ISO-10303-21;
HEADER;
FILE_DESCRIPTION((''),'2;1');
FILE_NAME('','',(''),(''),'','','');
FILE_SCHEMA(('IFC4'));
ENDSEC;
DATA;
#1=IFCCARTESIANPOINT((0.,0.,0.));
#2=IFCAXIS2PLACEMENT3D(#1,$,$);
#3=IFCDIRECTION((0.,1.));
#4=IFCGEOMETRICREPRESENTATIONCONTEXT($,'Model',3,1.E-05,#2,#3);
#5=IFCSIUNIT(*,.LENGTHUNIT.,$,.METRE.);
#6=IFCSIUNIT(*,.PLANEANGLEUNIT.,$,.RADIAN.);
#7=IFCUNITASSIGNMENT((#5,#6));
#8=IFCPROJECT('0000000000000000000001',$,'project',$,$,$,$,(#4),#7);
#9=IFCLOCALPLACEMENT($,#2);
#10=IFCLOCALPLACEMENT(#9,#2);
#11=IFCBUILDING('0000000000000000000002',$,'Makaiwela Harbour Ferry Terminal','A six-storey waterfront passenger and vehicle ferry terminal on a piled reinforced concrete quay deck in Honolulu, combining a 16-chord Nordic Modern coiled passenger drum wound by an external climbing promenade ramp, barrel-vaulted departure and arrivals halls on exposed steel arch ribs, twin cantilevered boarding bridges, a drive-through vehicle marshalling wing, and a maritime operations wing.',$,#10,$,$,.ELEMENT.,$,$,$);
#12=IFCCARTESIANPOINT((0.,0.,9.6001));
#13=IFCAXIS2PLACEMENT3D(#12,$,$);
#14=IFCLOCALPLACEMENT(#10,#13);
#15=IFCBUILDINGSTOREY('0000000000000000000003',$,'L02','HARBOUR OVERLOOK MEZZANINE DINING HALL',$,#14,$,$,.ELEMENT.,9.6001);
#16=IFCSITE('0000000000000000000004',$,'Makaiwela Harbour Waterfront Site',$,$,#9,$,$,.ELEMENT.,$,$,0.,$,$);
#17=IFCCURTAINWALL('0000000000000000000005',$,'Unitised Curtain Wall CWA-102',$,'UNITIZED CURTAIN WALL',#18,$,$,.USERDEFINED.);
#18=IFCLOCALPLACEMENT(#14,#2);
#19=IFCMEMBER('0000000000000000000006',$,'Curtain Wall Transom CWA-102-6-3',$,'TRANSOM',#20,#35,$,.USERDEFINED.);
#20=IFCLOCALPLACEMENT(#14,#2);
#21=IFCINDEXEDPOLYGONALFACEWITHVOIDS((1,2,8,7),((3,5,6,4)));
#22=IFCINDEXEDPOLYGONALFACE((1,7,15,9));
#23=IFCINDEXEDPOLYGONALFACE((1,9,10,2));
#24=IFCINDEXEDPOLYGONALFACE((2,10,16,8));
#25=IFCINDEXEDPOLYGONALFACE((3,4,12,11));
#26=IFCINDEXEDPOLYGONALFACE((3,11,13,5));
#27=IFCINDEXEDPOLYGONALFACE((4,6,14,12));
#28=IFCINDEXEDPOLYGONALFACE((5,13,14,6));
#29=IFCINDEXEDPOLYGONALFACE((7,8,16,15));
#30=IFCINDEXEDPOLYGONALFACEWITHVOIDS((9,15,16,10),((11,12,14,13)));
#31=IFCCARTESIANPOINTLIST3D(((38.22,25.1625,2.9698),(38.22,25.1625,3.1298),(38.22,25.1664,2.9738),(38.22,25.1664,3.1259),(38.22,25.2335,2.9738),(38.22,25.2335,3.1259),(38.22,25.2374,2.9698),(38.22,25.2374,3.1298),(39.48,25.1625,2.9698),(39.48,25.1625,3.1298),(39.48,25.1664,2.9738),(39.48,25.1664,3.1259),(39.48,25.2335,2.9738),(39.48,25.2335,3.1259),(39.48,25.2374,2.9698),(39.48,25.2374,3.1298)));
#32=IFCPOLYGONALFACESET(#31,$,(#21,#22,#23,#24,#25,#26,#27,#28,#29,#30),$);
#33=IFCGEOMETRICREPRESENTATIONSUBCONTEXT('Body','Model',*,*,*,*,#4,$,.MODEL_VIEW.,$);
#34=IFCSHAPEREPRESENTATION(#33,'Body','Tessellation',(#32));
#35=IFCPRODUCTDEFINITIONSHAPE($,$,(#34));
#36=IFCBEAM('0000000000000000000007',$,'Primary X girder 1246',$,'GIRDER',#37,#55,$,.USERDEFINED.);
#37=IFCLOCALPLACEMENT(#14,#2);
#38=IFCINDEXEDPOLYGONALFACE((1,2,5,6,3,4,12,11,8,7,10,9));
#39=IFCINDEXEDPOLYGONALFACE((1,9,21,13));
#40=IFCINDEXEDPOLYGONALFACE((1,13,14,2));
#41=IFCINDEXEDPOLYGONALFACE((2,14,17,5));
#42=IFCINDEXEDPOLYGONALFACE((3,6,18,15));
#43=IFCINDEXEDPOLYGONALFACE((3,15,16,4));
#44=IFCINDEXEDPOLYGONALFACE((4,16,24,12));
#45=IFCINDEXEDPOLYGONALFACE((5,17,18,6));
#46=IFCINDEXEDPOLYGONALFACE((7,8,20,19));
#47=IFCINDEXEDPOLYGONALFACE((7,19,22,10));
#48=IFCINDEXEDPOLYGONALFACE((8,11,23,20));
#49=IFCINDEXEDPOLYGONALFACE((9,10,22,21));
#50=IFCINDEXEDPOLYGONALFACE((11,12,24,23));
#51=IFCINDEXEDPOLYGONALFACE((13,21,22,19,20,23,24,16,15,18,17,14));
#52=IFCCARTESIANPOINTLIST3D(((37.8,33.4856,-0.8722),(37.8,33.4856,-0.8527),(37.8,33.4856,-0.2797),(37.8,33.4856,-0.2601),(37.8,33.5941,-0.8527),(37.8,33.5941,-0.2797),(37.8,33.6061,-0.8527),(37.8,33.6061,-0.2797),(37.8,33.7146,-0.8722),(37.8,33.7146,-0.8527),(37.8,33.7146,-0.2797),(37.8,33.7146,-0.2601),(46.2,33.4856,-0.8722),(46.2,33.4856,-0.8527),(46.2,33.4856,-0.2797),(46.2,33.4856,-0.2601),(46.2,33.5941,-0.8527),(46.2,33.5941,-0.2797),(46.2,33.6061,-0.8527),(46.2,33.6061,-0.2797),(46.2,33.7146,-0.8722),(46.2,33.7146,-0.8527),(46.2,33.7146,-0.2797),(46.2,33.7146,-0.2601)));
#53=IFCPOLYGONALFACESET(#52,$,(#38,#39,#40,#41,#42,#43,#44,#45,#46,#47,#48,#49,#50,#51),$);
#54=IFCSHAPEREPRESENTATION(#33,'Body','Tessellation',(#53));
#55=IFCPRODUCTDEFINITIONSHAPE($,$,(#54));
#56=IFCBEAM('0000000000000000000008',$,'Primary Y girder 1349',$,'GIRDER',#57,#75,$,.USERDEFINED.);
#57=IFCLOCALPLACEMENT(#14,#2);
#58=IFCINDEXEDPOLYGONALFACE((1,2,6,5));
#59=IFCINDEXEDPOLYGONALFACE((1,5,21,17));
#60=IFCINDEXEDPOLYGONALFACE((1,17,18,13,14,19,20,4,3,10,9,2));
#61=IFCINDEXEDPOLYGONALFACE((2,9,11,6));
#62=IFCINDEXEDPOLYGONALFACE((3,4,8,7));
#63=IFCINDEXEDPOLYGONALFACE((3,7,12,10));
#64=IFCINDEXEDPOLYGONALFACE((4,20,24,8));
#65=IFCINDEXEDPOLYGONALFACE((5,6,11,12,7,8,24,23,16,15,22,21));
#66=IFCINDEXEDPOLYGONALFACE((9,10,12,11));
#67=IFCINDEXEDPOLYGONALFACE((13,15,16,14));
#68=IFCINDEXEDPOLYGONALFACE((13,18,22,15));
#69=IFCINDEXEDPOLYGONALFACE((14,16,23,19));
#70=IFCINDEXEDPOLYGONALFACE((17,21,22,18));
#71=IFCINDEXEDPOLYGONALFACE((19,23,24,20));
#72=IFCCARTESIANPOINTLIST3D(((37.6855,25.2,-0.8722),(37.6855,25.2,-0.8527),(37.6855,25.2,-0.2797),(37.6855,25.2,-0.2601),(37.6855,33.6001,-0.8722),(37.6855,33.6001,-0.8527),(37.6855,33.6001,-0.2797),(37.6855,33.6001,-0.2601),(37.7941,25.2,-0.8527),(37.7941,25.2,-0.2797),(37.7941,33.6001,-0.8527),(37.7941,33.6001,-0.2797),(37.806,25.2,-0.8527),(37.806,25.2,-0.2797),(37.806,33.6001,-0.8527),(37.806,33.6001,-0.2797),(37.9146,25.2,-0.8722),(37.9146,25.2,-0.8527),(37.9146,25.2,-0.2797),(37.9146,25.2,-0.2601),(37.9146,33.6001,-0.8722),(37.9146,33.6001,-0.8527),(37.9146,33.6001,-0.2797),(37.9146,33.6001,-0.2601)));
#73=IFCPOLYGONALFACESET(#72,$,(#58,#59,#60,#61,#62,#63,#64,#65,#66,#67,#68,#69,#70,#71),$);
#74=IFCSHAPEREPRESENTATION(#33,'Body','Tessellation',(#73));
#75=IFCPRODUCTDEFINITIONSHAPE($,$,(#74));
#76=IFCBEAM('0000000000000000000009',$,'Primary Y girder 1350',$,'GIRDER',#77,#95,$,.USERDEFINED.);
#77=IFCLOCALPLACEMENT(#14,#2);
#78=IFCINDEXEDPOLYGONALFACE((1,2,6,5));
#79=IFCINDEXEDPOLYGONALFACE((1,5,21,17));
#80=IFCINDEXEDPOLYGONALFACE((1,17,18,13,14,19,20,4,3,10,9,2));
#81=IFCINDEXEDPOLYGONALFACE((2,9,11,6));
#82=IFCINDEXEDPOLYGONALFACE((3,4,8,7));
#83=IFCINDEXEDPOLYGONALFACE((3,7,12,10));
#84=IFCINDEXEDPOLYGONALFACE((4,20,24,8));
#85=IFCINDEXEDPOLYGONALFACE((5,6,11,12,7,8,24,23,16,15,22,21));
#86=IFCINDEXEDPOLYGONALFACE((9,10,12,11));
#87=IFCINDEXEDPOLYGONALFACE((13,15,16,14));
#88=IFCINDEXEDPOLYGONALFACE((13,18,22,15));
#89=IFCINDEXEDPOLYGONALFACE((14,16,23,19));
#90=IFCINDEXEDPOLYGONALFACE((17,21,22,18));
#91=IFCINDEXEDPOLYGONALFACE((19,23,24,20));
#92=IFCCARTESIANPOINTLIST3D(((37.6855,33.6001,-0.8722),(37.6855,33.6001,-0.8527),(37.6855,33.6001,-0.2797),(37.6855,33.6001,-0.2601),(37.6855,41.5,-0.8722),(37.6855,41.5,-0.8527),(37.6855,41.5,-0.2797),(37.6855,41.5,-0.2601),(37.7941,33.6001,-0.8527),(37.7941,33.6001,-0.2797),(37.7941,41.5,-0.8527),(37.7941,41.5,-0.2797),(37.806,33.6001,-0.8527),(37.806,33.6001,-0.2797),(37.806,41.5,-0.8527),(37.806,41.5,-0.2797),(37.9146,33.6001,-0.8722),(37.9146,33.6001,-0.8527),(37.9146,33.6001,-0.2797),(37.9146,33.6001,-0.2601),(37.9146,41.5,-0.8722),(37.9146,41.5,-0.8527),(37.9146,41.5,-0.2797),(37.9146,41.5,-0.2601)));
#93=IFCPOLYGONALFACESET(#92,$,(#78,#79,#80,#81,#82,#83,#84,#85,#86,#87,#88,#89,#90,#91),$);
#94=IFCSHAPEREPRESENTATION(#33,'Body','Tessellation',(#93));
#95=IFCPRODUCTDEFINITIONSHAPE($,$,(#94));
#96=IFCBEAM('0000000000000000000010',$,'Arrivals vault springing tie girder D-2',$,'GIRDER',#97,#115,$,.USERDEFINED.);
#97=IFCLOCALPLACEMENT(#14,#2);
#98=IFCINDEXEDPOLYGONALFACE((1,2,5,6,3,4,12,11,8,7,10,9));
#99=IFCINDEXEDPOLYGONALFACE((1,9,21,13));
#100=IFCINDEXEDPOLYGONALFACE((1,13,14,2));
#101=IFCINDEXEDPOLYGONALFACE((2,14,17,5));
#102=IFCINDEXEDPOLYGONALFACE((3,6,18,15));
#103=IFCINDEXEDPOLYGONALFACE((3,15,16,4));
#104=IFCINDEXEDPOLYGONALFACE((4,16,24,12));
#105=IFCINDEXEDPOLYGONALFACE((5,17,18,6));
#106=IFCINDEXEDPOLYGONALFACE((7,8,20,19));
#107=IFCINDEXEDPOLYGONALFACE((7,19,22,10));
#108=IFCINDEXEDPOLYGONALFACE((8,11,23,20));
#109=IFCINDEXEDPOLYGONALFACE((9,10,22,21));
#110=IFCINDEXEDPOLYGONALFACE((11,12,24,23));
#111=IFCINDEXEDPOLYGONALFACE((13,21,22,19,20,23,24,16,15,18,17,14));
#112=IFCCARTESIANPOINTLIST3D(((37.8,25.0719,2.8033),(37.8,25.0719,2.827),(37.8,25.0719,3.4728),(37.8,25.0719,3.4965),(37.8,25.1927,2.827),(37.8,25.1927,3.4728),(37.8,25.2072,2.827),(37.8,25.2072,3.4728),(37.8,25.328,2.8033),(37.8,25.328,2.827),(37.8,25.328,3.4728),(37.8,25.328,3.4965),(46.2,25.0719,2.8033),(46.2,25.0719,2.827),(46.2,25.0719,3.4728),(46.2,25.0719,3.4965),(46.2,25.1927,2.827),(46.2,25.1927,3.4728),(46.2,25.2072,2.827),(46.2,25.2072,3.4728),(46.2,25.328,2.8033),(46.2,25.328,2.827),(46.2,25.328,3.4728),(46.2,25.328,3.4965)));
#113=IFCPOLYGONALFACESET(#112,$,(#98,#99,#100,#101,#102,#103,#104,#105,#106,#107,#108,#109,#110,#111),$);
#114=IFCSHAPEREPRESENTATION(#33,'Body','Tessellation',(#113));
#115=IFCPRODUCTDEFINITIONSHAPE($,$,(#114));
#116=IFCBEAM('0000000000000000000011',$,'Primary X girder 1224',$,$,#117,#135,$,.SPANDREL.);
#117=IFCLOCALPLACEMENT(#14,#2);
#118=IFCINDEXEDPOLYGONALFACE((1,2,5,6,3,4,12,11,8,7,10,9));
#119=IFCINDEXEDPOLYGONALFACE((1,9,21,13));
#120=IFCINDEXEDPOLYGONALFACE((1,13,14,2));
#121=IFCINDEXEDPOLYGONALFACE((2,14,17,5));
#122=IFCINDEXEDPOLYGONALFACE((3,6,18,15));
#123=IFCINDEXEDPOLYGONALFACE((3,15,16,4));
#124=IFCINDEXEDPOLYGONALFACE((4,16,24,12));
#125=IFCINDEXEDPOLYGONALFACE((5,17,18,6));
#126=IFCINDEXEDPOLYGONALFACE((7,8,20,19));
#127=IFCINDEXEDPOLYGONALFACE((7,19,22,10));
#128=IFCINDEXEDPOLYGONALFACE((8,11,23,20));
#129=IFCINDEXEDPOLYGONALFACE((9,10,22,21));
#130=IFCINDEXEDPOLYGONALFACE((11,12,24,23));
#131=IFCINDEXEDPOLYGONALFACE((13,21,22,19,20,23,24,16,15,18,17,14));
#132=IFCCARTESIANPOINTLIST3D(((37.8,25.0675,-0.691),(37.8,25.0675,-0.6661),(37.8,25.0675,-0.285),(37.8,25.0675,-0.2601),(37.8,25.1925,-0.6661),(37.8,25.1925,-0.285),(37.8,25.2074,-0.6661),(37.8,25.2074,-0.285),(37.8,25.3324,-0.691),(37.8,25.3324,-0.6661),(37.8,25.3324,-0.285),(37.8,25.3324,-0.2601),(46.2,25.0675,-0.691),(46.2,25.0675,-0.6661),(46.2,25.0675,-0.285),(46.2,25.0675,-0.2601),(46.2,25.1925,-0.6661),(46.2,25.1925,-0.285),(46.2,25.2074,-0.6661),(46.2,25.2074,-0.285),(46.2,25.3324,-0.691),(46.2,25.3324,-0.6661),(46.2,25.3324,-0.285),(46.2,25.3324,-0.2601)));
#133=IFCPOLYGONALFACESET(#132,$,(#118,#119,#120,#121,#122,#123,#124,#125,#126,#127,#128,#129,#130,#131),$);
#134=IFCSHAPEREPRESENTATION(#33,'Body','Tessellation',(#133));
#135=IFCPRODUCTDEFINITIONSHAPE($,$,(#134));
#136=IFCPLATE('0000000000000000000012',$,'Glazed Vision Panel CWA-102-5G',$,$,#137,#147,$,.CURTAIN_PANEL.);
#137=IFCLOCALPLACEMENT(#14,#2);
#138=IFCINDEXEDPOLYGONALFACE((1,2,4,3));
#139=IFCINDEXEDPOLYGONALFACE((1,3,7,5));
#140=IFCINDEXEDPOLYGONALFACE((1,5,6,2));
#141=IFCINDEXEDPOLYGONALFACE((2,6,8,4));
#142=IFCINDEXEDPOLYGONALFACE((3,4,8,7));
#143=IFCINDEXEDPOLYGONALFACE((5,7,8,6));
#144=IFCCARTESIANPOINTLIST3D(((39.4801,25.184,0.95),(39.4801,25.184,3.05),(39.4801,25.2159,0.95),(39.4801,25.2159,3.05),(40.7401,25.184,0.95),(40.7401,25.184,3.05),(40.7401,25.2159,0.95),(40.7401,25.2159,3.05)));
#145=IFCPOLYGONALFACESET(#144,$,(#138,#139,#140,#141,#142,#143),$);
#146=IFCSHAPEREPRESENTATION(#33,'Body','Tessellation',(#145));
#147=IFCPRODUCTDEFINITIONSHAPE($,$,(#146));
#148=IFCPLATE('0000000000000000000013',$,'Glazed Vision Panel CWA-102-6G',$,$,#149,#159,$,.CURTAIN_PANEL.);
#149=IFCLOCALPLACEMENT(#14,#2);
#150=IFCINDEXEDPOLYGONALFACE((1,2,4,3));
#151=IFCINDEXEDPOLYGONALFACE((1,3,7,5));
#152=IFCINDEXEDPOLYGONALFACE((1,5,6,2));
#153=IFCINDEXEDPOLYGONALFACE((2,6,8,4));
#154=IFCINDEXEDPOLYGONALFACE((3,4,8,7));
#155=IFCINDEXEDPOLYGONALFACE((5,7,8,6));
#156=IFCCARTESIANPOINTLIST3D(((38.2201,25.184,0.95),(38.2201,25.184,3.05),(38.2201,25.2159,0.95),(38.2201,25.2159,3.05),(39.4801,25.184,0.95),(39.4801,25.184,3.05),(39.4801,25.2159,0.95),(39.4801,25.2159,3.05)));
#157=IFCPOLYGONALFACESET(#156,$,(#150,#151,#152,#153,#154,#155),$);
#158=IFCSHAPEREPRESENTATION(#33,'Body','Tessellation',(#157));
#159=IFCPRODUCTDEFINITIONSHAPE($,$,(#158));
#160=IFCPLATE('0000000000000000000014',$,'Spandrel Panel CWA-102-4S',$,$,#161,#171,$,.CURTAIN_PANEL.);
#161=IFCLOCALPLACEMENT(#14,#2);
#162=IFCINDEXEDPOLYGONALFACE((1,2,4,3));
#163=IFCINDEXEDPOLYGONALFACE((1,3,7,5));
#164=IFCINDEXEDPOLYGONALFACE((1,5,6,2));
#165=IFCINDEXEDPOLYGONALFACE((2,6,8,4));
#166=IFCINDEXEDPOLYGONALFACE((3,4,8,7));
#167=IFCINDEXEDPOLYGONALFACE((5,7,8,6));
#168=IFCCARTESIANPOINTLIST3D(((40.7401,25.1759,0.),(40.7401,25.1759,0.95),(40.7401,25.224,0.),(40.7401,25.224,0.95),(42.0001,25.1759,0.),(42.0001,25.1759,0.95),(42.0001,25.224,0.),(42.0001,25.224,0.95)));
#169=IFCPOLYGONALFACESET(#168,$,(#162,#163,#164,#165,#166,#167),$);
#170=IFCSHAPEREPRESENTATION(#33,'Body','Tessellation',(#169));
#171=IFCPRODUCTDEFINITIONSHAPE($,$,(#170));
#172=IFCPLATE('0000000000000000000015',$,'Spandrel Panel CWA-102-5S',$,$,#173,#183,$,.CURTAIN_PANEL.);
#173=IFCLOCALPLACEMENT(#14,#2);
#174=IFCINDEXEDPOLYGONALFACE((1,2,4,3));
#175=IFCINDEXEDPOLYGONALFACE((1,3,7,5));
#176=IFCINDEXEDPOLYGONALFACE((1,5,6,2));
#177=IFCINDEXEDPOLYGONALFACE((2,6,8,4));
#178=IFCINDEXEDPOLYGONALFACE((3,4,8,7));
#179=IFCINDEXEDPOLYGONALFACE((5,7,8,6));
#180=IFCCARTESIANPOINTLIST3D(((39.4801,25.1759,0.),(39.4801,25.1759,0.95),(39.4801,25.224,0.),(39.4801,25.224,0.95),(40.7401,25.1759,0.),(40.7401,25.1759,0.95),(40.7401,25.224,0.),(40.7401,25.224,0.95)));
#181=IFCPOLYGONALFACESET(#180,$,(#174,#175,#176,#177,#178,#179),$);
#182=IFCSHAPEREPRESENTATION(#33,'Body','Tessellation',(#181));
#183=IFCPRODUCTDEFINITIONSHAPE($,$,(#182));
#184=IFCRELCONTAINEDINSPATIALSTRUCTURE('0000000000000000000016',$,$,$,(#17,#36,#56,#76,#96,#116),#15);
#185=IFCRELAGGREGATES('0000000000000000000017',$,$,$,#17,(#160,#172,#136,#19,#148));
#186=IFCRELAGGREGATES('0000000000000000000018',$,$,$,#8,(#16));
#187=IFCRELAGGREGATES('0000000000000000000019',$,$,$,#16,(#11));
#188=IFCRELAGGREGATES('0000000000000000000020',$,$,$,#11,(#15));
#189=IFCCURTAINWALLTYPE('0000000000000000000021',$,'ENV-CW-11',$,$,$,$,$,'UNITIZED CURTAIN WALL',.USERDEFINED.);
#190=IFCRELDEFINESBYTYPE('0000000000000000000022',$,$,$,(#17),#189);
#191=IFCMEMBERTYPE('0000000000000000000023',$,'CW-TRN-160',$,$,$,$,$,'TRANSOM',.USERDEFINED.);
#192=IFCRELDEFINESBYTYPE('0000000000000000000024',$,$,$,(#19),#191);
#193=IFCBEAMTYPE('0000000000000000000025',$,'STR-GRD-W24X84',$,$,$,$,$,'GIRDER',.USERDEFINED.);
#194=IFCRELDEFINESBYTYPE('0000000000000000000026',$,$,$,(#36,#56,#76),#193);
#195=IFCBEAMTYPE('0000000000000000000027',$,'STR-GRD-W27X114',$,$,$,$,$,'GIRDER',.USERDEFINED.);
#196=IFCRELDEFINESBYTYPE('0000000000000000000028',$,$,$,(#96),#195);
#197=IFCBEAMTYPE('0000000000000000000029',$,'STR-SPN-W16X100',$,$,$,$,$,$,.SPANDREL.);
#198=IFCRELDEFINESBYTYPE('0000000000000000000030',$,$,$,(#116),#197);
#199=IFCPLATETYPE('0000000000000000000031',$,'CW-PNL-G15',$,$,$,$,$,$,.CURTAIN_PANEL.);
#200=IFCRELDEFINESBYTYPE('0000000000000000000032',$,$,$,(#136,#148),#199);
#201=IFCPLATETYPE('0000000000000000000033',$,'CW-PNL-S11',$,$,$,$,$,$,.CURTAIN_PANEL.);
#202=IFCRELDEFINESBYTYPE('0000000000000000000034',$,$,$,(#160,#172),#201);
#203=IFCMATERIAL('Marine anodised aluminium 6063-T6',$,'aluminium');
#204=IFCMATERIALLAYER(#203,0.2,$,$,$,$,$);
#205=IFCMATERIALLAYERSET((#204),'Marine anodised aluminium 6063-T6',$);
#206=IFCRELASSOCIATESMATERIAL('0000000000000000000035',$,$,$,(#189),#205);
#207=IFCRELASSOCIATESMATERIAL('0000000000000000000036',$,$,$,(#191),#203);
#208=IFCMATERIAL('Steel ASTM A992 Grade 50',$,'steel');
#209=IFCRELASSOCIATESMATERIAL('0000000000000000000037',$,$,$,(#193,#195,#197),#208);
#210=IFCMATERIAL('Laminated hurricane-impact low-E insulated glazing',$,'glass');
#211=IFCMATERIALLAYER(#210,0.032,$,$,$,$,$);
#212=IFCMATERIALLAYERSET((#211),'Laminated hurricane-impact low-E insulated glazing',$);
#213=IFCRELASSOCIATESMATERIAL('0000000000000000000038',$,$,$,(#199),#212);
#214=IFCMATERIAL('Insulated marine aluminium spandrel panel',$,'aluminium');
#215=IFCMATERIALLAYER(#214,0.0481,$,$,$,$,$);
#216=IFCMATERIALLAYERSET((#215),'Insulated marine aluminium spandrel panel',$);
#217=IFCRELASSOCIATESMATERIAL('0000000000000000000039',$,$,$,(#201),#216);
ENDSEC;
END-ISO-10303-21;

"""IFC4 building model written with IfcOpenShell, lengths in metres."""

from ifc_helpers import new_model, si_unit, direction, frame, origin, origin_2d, place, context, subcontext, project, spatial, rectangle, hollow_rectangle, i_section, extrude, material, layer, layer_set, material_profile, profile_set, type_object, element, aggregate, save


model = new_model("IFC4")

# Units and contexts
model_context = context("Model", 3, precision=1e-05, world=origin(), true_north=direction((0.0, 1.0)))
body_context = subcontext(model_context, "Body", "Model", "MODEL_VIEW")
ifc_project = project(units=[si_unit("LENGTHUNIT", "METRE"), si_unit("PLANEANGLEUNIT", "RADIAN")], contexts=[model_context])

# Site, building, storey
site_placement = place(None, origin())
site = spatial("IfcSite", under=ifc_project, at=site_placement, Name="Makaiwela Harbour Waterfront Site", CompositionType="ELEMENT", RefElevation=0.0)
building_placement = place(site_placement, origin())
building = spatial("IfcBuilding", under=site, at=building_placement, Name="Makaiwela Harbour Ferry Terminal", Description="A six-storey waterfront passenger and vehicle ferry terminal on a piled reinforced concrete quay deck in Honolulu, combining a 16-chord Nordic Modern coiled passenger drum wound by an external climbing promenade ramp, barrel-vaulted departure and arrivals halls on exposed steel arch ribs, twin cantilevered boarding bridges, a drive-through vehicle marshalling wing, and a maritime operations wing.", CompositionType="ELEMENT")
storey_placement = place(building_placement, frame((0.0, 0.0, 9.6001)))
storey = spatial("IfcBuildingStorey", under=building, at=storey_placement, Name="L02", Description="HARBOUR OVERLOOK MEZZANINE DINING HALL", CompositionType="ELEMENT", Elevation=9.6001)

# Shared definitions
ifc_material_1 = material(Name="Steel ASTM A992 Grade 50", Category="steel")

# Curtain wall
ifc_material_2 = material(Name="Marine anodised aluminium 6063-T6", Category="aluminium")
ifc_layer_1 = layer(ifc_material_2, 0.2)
ifc_layer_set_1 = layer_set([ifc_layer_1], Name="Marine anodised aluminium 6063-T6")
curtain_wall_type = type_object("IfcCurtainWallType", Name="ENV-CW-11", ElementType="UNITIZED CURTAIN WALL", PredefinedType="USERDEFINED", material=ifc_layer_set_1)
curtain_wall_1_placement = place(storey_placement, origin())
curtain_wall_1 = element("IfcCurtainWall", 1, at=curtain_wall_1_placement, inside=storey, type_object=curtain_wall_type, Name="Unitised Curtain Wall CWA-102", ObjectType="UNITIZED CURTAIN WALL", PredefinedType="USERDEFINED")

# Shared definitions
ifc_material_profile_1 = material_profile(ifc_material_2, hollow_rectangle(XDim=0.075, YDim=0.1599, WallThickness=0.0039, at=origin_2d()), Name="CWT-160X75")
ifc_profile_set_1 = profile_set([ifc_material_profile_1], Name="Marine anodised aluminium 6063-T6")
member_type_1 = type_object("IfcMemberType", Name="CW-TRN-160", ElementType="TRANSOM", PredefinedType="USERDEFINED", material=ifc_profile_set_1)

# Member
member_1_placement = place(storey_placement, frame((39.48, 25.2, 3.0498), z_axis=(-1.0, 0.0, 0.0), x_axis=(0.0, -1.0, 0.0)))
member_1 = element("IfcMember", 2, at=member_1_placement, type_object=member_type_1, Name="Curtain Wall Transom CWA-102-6-3", ObjectType="TRANSOM", PredefinedType="USERDEFINED", context=body_context, shape_type="SweptSolid", body=[
    extrude(hollow_rectangle(XDim=0.075, YDim=0.1599, WallThickness=0.0039, at=origin_2d()), origin(), (0.0, 0.0, 1.0), 1.26),
])

# Beams
ifc_material_profile_2 = material_profile(ifc_material_1, i_section(OverallWidth=0.229, OverallDepth=0.6121, WebThickness=0.012, FlangeThickness=0.0195, at=origin_2d()), Name="W24X84")
ifc_profile_set_2 = profile_set([ifc_material_profile_2], Name="Steel ASTM A992 Grade 50")
beam_type_1 = type_object("IfcBeamType", Name="STR-GRD-W24X84", ElementType="GIRDER", PredefinedType="USERDEFINED", material=ifc_profile_set_2)
beam_1_placement = place(storey_placement, frame((37.8, 33.6001, -0.5662), z_axis=(1.0, 0.0, 0.0), x_axis=(0.0, 1.0, 0.0)))
element("IfcBeam", 3, at=beam_1_placement, inside=storey, type_object=beam_type_1, Name="Primary X girder 1246", ObjectType="GIRDER", PredefinedType="USERDEFINED", context=body_context, shape_type="SweptSolid", body=[
    extrude(i_section(OverallWidth=0.229, OverallDepth=0.6121, WebThickness=0.012, FlangeThickness=0.0195, at=origin_2d()), origin(), (0.0, 0.0, 1.0), 8.3999),
])
beam_2_placement = place(storey_placement, frame((37.8, 25.2, -0.5662), z_axis=(0.0, 1.0, 0.0), x_axis=(-1.0, 0.0, 0.0)))
element("IfcBeam", 4, at=beam_2_placement, inside=storey, type_object=beam_type_1, Name="Primary Y girder 1349", ObjectType="GIRDER", PredefinedType="USERDEFINED", context=body_context, shape_type="SweptSolid", body=[
    extrude(i_section(OverallWidth=0.229, OverallDepth=0.6121, WebThickness=0.012, FlangeThickness=0.0195, at=origin_2d()), origin(), (0.0, 0.0, 1.0), 8.4001),
])
beam_3_placement = place(storey_placement, frame((37.8, 33.6001, -0.5662), z_axis=(0.0, 1.0, 0.0), x_axis=(-1.0, 0.0, 0.0)))
element("IfcBeam", 5, at=beam_3_placement, inside=storey, type_object=beam_type_1, Name="Primary Y girder 1350", ObjectType="GIRDER", PredefinedType="USERDEFINED", context=body_context, shape_type="SweptSolid", body=[
    extrude(i_section(OverallWidth=0.229, OverallDepth=0.6121, WebThickness=0.012, FlangeThickness=0.0195, at=origin_2d()), origin(), (0.0, 0.0, 1.0), 7.8999),
])
ifc_material_profile_3 = material_profile(ifc_material_1, i_section(OverallWidth=0.2561, OverallDepth=0.6931, WebThickness=0.0144, FlangeThickness=0.0237, at=origin_2d()), Name="W27X114")
ifc_profile_set_3 = profile_set([ifc_material_profile_3], Name="Steel ASTM A992 Grade 50")
beam_type_2 = type_object("IfcBeamType", Name="STR-GRD-W27X114", ElementType="GIRDER", PredefinedType="USERDEFINED", material=ifc_profile_set_3)
beam_4_placement = place(storey_placement, frame((37.8, 25.2, 3.1499), z_axis=(1.0, 0.0, 0.0), x_axis=(0.0, 1.0, 0.0)))
element("IfcBeam", 6, at=beam_4_placement, inside=storey, type_object=beam_type_2, Name="Arrivals vault springing tie girder D-2", ObjectType="GIRDER", PredefinedType="USERDEFINED", context=body_context, shape_type="SweptSolid", body=[
    extrude(i_section(OverallWidth=0.2561, OverallDepth=0.6931, WebThickness=0.0144, FlangeThickness=0.0237, at=origin_2d()), origin(), (0.0, 0.0, 1.0), 8.3999),
])
ifc_material_profile_4 = material_profile(ifc_material_1, i_section(OverallWidth=0.2649, OverallDepth=0.4309, WebThickness=0.0149, FlangeThickness=0.0249, at=origin_2d()), Name="W16X100")
ifc_profile_set_4 = profile_set([ifc_material_profile_4], Name="Steel ASTM A992 Grade 50")
beam_type_3 = type_object("IfcBeamType", Name="STR-SPN-W16X100", PredefinedType="SPANDREL", material=ifc_profile_set_4)
beam_5_placement = place(storey_placement, frame((37.8, 25.2, -0.4756), z_axis=(1.0, 0.0, 0.0), x_axis=(0.0, 1.0, 0.0)))
element("IfcBeam", 7, at=beam_5_placement, inside=storey, type_object=beam_type_3, Name="Primary X girder 1224", PredefinedType="SPANDREL", context=body_context, shape_type="SweptSolid", body=[
    extrude(i_section(OverallWidth=0.2649, OverallDepth=0.4309, WebThickness=0.0149, FlangeThickness=0.0249, at=origin_2d()), origin(), (0.0, 0.0, 1.0), 8.3999),
])

# Plates
ifc_material_3 = material(Name="Laminated hurricane-impact low-E insulated glazing", Category="glass")
ifc_layer_2 = layer(ifc_material_3, 0.032)
ifc_layer_set_2 = layer_set([ifc_layer_2], Name="Laminated hurricane-impact low-E insulated glazing")
plate_type_1 = type_object("IfcPlateType", Name="CW-PNL-G15", PredefinedType="CURTAIN_PANEL", material=ifc_layer_set_2)
plate_1_placement = place(storey_placement, frame((40.1101, 25.2, 0.95), z_axis=(0.0, 0.0, 1.0), x_axis=(-1.0, 0.0, 0.0)))
plate_1 = element("IfcPlate", 8, at=plate_1_placement, type_object=plate_type_1, Name="Glazed Vision Panel CWA-102-5G", PredefinedType="CURTAIN_PANEL", context=body_context, shape_type="SweptSolid", body=[
    extrude(rectangle(XDim=1.26, YDim=0.032, at=origin_2d()), origin(), (0.0, 0.0, 1.0), 2.1001),
])
plate_2_placement = place(storey_placement, frame((38.8501, 25.2, 0.95), z_axis=(0.0, 0.0, 1.0), x_axis=(-1.0, 0.0, 0.0)))
plate_2 = element("IfcPlate", 9, at=plate_2_placement, type_object=plate_type_1, Name="Glazed Vision Panel CWA-102-6G", PredefinedType="CURTAIN_PANEL", context=body_context, shape_type="SweptSolid", body=[
    extrude(rectangle(XDim=1.26, YDim=0.032, at=origin_2d()), origin(), (0.0, 0.0, 1.0), 2.1001),
])
ifc_material_4 = material(Name="Insulated marine aluminium spandrel panel", Category="aluminium")
ifc_layer_3 = layer(ifc_material_4, 0.0481)
ifc_layer_set_3 = layer_set([ifc_layer_3], Name="Insulated marine aluminium spandrel panel")
plate_type_2 = type_object("IfcPlateType", Name="CW-PNL-S11", PredefinedType="CURTAIN_PANEL", material=ifc_layer_set_3)
plate_3_placement = place(storey_placement, frame((41.3701, 25.2, 0.0), z_axis=(0.0, 0.0, 1.0), x_axis=(-1.0, 0.0, 0.0)))
plate_3 = element("IfcPlate", 10, at=plate_3_placement, type_object=plate_type_2, Name="Spandrel Panel CWA-102-4S", PredefinedType="CURTAIN_PANEL", context=body_context, shape_type="SweptSolid", body=[
    extrude(rectangle(XDim=1.26, YDim=0.0481, at=origin_2d()), origin(), (0.0, 0.0, 1.0), 0.95),
])
plate_4_placement = place(storey_placement, frame((40.1101, 25.2, 0.0), z_axis=(0.0, 0.0, 1.0), x_axis=(-1.0, 0.0, 0.0)))
plate_4 = element("IfcPlate", 11, at=plate_4_placement, type_object=plate_type_2, Name="Spandrel Panel CWA-102-5S", PredefinedType="CURTAIN_PANEL", context=body_context, shape_type="SweptSolid", body=[
    extrude(rectangle(XDim=1.26, YDim=0.0481, at=origin_2d()), origin(), (0.0, 0.0, 1.0), 0.95),
])
aggregate(curtain_wall_1, [plate_3, plate_4, plate_1, member_1, plate_2])

save(model, "model.ifc")
